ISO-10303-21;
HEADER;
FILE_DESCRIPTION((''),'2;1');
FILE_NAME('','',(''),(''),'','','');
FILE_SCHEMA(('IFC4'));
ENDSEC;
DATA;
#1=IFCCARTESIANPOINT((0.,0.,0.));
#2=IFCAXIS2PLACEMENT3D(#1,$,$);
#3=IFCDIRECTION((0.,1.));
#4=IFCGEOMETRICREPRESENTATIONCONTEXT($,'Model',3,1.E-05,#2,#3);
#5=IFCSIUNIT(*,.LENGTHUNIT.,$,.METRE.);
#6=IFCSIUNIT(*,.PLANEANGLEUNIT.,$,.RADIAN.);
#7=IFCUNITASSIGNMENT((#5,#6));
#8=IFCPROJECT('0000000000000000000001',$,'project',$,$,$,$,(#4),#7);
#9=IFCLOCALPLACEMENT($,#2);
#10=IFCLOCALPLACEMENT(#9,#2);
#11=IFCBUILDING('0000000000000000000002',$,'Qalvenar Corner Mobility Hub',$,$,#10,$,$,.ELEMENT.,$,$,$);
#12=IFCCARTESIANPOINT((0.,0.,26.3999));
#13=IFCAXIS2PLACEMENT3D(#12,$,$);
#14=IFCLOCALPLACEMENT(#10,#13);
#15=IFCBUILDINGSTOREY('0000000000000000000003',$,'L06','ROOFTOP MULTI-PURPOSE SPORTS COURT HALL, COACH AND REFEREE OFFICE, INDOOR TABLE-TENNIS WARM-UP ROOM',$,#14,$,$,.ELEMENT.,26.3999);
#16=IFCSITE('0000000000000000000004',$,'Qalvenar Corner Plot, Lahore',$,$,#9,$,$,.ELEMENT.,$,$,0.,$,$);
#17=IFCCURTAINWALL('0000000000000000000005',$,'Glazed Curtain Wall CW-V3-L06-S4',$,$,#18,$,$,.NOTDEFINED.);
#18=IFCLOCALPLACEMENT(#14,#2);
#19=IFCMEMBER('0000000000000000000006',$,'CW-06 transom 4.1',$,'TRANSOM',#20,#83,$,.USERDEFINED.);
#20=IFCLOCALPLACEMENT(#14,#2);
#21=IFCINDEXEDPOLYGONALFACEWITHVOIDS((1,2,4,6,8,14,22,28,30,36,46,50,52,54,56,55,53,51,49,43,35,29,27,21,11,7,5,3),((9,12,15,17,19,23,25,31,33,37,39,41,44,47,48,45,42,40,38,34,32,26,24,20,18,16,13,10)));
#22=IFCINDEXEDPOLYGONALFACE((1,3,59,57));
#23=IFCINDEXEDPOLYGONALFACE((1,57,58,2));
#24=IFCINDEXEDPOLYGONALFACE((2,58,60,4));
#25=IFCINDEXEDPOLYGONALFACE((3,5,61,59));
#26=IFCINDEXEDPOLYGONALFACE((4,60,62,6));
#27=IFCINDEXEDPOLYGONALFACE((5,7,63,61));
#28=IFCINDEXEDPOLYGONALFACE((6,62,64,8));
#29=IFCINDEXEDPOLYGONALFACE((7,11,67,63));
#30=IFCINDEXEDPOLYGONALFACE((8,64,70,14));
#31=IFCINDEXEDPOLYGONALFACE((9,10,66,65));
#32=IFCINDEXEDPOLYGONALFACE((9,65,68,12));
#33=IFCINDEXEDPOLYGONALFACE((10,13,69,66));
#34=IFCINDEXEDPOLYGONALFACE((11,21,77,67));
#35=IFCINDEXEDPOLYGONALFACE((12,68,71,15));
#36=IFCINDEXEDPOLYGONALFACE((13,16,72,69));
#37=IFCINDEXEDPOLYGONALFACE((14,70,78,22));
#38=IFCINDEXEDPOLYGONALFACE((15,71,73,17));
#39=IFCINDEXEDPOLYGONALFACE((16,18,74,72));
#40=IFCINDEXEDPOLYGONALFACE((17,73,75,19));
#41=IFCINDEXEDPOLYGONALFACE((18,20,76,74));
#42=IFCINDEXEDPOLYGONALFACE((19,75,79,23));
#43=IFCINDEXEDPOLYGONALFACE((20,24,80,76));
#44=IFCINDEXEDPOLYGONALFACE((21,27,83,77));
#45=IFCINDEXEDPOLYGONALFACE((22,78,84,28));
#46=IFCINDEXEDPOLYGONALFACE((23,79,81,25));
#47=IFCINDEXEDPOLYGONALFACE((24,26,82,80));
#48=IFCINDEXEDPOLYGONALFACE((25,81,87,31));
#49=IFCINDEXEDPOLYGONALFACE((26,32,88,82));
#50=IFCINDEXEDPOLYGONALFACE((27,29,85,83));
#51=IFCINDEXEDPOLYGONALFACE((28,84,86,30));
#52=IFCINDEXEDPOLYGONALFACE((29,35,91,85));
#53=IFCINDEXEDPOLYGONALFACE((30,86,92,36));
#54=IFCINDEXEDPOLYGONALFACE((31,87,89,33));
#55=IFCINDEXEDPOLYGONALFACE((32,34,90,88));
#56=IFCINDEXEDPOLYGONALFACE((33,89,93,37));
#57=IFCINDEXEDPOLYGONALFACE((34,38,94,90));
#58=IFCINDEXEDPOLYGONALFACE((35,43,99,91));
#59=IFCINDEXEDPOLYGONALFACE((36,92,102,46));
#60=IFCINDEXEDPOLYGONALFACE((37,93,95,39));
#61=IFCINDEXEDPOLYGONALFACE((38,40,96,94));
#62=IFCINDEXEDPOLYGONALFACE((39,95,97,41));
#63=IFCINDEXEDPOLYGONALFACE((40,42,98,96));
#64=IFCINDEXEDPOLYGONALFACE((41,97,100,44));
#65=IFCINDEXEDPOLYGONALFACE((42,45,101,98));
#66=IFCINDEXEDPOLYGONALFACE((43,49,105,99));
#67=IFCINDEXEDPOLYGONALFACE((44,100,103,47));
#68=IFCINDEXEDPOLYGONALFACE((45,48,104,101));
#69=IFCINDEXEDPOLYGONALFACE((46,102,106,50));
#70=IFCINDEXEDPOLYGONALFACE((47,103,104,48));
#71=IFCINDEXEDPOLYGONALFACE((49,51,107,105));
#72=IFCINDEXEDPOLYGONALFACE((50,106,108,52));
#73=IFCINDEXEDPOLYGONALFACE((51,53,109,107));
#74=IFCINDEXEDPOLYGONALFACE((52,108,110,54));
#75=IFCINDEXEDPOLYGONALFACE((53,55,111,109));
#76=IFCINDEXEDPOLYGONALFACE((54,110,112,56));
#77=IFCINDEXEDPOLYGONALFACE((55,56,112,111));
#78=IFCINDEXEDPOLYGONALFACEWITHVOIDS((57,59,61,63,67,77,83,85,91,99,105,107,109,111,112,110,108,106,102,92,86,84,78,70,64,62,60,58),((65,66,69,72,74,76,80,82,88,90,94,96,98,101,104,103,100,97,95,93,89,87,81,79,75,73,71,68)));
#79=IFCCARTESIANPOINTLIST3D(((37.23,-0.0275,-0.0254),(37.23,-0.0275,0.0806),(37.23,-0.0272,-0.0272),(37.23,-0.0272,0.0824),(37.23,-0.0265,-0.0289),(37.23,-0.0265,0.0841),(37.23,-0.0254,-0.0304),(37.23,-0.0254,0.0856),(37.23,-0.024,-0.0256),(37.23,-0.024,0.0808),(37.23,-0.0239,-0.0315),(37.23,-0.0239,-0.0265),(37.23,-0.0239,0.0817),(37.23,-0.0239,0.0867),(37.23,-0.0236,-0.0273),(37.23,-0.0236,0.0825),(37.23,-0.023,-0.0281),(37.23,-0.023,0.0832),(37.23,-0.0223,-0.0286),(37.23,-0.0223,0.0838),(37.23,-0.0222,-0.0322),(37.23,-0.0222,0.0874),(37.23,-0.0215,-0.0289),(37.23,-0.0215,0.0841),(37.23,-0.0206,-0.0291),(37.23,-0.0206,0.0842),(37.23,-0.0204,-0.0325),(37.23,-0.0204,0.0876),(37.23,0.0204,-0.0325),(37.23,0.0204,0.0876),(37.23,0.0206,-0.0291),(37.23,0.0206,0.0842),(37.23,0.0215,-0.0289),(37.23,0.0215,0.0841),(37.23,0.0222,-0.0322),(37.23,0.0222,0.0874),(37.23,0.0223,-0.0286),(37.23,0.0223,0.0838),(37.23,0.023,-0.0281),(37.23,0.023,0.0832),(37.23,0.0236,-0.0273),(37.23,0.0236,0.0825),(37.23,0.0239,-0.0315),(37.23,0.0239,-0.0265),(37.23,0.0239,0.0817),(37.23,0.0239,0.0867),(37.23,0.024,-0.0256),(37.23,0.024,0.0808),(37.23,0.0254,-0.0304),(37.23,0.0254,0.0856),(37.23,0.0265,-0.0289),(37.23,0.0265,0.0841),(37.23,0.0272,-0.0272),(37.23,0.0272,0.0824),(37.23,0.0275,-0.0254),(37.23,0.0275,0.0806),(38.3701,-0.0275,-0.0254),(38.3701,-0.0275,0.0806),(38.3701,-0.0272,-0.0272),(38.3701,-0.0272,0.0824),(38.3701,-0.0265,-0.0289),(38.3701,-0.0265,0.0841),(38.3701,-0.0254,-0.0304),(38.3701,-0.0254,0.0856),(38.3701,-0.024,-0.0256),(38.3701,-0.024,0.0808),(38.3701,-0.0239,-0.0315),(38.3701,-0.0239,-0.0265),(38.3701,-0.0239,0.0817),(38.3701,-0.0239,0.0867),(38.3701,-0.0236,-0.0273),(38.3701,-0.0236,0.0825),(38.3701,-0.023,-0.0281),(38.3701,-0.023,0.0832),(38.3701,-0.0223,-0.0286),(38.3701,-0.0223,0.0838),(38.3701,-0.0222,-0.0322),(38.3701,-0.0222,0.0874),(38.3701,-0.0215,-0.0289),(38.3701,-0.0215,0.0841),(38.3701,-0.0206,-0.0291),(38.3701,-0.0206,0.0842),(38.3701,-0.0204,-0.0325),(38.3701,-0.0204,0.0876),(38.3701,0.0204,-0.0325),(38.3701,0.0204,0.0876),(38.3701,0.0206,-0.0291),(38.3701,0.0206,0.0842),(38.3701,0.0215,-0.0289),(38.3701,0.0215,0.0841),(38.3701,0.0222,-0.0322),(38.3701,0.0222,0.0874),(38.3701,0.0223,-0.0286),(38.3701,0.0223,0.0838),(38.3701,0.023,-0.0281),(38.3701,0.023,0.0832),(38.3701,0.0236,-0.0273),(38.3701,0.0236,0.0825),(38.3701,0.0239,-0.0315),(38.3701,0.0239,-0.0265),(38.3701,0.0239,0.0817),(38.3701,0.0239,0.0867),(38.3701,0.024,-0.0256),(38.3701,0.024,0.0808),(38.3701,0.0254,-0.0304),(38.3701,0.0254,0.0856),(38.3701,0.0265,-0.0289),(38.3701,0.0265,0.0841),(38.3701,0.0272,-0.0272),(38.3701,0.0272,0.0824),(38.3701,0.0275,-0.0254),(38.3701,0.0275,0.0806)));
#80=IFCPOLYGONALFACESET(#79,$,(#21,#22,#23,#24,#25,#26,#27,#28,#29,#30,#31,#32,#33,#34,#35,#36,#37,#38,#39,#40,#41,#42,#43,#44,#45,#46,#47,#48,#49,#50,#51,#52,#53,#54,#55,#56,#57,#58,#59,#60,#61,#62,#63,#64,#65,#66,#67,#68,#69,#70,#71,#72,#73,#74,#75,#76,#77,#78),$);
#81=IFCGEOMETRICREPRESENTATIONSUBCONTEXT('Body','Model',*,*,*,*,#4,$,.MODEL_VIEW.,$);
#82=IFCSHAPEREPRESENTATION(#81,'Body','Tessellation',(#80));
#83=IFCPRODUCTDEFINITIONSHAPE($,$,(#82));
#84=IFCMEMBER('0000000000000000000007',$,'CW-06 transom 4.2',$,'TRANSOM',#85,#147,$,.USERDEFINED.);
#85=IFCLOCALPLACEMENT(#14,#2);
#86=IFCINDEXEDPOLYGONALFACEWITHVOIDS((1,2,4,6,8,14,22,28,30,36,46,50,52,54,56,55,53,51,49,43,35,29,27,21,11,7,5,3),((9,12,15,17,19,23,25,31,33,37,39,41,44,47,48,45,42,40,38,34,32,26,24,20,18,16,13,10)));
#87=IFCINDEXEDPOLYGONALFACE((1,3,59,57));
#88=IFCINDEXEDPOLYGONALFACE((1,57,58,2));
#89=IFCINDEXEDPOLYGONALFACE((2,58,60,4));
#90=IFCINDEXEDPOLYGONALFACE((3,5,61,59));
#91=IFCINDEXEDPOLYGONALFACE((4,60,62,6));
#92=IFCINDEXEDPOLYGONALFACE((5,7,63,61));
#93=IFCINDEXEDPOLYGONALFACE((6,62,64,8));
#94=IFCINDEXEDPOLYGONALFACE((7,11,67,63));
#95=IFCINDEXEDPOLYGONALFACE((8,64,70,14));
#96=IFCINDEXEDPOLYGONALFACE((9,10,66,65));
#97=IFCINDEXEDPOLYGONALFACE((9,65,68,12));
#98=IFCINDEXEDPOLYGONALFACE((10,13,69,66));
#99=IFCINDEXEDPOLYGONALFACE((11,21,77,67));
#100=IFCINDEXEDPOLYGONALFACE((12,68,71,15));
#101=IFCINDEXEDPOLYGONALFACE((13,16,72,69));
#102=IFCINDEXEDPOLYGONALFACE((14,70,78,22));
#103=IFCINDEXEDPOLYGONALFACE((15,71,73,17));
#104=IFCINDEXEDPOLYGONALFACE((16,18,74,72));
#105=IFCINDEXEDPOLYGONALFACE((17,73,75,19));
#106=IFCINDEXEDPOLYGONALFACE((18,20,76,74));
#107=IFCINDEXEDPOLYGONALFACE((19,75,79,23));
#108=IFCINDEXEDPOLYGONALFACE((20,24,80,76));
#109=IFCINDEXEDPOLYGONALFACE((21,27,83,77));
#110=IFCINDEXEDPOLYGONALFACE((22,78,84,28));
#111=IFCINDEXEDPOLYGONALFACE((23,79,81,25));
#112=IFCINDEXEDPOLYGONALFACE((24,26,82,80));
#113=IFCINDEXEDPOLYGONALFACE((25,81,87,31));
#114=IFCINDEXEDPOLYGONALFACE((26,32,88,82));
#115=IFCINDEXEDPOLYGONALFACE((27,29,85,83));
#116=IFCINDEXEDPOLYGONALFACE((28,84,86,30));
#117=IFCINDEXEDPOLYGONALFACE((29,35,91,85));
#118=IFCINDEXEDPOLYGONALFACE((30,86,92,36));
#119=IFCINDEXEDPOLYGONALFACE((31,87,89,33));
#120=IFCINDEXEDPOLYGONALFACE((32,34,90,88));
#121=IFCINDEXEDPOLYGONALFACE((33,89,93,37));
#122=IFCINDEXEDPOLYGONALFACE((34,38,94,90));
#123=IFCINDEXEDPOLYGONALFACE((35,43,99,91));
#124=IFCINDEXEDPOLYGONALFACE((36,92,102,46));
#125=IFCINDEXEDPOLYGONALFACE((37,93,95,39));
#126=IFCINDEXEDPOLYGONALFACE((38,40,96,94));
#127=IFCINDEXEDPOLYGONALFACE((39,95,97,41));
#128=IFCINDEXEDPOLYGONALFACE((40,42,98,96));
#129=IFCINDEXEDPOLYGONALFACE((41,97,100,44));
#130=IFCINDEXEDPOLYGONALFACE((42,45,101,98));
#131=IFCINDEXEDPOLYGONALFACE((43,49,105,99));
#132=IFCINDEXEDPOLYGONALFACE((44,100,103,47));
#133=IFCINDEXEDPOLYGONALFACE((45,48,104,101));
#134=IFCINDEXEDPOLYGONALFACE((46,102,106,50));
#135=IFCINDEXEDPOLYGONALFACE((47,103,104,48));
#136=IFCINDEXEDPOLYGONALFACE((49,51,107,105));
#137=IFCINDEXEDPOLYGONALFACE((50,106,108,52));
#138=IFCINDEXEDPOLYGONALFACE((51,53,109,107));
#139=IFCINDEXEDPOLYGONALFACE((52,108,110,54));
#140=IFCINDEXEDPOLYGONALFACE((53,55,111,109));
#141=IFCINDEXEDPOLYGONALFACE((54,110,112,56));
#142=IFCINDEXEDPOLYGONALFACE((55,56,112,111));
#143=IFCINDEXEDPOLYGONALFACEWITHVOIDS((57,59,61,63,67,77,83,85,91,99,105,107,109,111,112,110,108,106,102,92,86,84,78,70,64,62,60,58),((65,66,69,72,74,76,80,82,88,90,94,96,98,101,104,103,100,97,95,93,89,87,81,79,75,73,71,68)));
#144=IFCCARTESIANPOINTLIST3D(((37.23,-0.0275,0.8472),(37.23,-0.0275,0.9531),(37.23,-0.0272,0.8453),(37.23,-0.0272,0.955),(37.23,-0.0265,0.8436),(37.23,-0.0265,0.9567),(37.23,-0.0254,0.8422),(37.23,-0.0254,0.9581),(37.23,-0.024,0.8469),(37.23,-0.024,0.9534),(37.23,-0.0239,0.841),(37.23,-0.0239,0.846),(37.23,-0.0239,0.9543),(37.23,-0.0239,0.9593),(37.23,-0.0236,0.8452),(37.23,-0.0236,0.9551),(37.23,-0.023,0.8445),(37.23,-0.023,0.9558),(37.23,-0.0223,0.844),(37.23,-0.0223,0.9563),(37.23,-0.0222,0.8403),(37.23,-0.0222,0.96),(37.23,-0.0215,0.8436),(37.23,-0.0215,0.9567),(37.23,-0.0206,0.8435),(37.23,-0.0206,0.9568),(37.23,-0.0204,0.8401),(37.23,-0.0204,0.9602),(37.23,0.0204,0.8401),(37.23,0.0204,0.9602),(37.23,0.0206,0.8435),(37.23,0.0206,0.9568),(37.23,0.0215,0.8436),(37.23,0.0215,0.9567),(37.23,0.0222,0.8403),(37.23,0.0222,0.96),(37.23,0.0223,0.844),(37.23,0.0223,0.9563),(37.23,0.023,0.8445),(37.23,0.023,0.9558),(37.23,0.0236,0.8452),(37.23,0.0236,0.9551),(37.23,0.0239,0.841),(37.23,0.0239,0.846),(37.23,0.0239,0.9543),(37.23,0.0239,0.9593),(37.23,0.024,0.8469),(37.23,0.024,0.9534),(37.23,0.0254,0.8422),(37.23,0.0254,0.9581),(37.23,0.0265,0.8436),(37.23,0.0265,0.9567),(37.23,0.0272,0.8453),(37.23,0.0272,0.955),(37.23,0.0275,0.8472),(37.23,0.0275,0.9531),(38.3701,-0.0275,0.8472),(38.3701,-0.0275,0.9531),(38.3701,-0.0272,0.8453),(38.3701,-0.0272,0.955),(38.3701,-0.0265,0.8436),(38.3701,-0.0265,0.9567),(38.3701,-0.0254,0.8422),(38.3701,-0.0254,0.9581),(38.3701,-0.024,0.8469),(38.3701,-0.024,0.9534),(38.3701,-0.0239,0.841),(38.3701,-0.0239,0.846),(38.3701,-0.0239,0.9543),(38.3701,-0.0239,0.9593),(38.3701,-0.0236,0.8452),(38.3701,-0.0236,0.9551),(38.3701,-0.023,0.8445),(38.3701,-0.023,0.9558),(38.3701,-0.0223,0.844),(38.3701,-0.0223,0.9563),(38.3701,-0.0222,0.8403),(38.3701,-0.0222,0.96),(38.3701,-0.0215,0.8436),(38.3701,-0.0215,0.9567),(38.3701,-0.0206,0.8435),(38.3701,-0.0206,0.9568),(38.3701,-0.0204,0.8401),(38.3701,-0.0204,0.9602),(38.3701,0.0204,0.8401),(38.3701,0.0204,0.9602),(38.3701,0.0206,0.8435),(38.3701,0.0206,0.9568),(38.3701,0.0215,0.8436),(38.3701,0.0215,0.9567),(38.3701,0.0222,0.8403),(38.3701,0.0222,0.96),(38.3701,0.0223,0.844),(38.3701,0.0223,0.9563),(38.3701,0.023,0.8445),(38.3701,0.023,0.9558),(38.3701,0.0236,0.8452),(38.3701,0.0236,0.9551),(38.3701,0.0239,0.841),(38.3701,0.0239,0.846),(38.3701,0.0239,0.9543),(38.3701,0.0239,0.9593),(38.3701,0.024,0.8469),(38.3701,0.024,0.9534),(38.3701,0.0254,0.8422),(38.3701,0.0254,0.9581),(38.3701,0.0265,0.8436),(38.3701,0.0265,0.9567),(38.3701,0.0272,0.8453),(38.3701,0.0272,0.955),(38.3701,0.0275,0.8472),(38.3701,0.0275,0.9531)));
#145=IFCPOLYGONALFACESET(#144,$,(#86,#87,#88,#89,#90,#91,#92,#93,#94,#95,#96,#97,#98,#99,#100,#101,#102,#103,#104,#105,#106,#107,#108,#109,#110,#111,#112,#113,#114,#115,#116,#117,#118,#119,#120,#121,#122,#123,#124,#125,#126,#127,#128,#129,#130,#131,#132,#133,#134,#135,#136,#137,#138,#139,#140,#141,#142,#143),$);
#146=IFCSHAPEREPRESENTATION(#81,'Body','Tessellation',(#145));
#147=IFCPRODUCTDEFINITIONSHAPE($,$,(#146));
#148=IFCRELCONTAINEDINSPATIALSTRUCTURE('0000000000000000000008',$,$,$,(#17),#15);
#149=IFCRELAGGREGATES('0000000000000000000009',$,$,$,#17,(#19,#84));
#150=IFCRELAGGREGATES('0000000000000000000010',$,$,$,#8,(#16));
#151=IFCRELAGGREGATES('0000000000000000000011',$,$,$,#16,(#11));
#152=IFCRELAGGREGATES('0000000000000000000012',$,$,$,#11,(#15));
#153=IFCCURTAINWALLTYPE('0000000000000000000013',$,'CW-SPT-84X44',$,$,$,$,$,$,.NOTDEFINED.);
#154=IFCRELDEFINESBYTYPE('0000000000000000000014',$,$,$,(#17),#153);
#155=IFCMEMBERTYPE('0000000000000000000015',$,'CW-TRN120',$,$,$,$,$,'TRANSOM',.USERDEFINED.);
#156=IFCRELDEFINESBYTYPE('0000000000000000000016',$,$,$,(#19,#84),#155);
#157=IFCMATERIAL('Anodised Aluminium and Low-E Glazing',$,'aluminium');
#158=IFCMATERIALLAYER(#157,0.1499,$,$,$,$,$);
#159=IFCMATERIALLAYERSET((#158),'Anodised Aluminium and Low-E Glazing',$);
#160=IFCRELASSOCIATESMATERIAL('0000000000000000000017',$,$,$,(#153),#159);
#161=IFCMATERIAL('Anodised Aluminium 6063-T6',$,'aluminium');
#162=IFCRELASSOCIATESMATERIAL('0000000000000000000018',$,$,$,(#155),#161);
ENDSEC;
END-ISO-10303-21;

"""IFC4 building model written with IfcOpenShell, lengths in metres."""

from ifc_helpers import new_model, si_unit, direction, frame, origin, origin_2d, place, context, subcontext, project, spatial, hollow_rectangle, extrude, material, layer, layer_set, material_profile, profile_set, type_object, element, aggregate, save


model = new_model("IFC4")

# Units and contexts
model_context = context("Model", 3, precision=1e-05, world=origin(), true_north=direction((0.0, 1.0)))
body_context = subcontext(model_context, "Body", "Model", "MODEL_VIEW")
ifc_project = project(units=[si_unit("LENGTHUNIT", "METRE"), si_unit("PLANEANGLEUNIT", "RADIAN")], contexts=[model_context])

# Site, building, storey
site_placement = place(None, origin())
site = spatial("IfcSite", under=ifc_project, at=site_placement, Name="Qalvenar Corner Plot, Lahore", CompositionType="ELEMENT", RefElevation=0.0)
building_placement = place(site_placement, origin())
building = spatial("IfcBuilding", under=site, at=building_placement, Name="Qalvenar Corner Mobility Hub", CompositionType="ELEMENT")
storey_placement = place(building_placement, frame((0.0, 0.0, 26.3999)))
storey = spatial("IfcBuildingStorey", under=building, at=storey_placement, Name="L06", Description="ROOFTOP MULTI-PURPOSE SPORTS COURT HALL, COACH AND REFEREE OFFICE, INDOOR TABLE-TENNIS WARM-UP ROOM", CompositionType="ELEMENT", Elevation=26.3999)

# Curtain wall, members
ifc_material_1 = material(Name="Anodised Aluminium and Low-E Glazing", Category="aluminium")
ifc_layer_1 = layer(ifc_material_1, 0.1499)
ifc_layer_set_1 = layer_set([ifc_layer_1], Name="Anodised Aluminium and Low-E Glazing")
curtain_wall_type = type_object("IfcCurtainWallType", Name="CW-SPT-84X44", PredefinedType="NOTDEFINED", material=ifc_layer_set_1)
curtain_wall_placement = place(storey_placement, origin())
curtain_wall = element("IfcCurtainWall", 1, at=curtain_wall_placement, inside=storey, type_object=curtain_wall_type, Name="Glazed Curtain Wall CW-V3-L06-S4", PredefinedType="NOTDEFINED")
ifc_material_2 = material(Name="Anodised Aluminium 6063-T6", Category="aluminium")
ifc_material_profile_1 = material_profile(ifc_material_2, hollow_rectangle(XDim=0.0549, YDim=0.1201, WallThickness=0.0034, InnerFilletRadius=0.0034, OuterFilletRadius=0.0071, at=origin_2d()), Name="RHS120x55x3.5")
ifc_profile_set_1 = profile_set([ifc_material_profile_1], Name="Anodised Aluminium 6063-T6")
member_type_1 = type_object("IfcMemberType", Name="CW-TRN120", ElementType="TRANSOM", PredefinedType="USERDEFINED", material=ifc_profile_set_1)
member_1_placement = place(storey_placement, frame((37.23, 0.0, 0.0276), z_axis=(1.0, 0.0, 0.0), x_axis=(0.0, 1.0, 0.0)))
member_1 = element("IfcMember", 2, at=member_1_placement, type_object=member_type_1, Name="CW-06 transom 4.1", ObjectType="TRANSOM", PredefinedType="USERDEFINED", context=body_context, shape_type="SweptSolid", body=[
    extrude(hollow_rectangle(XDim=0.0549, YDim=0.1201, WallThickness=0.0034, InnerFilletRadius=0.0034, OuterFilletRadius=0.0071, at=origin_2d()), origin(), (0.0, 0.0, 1.0), 1.1401),
])
member_2_placement = place(storey_placement, frame((37.23, 0.0, 0.9001), z_axis=(1.0, 0.0, 0.0), x_axis=(0.0, 1.0, 0.0)))
member_2 = element("IfcMember", 3, at=member_2_placement, type_object=member_type_1, Name="CW-06 transom 4.2", ObjectType="TRANSOM", PredefinedType="USERDEFINED", context=body_context, shape_type="SweptSolid", body=[
    extrude(hollow_rectangle(XDim=0.0549, YDim=0.1201, WallThickness=0.0034, InnerFilletRadius=0.0034, OuterFilletRadius=0.0071, at=origin_2d()), origin(), (0.0, 0.0, 1.0), 1.1401),
])
aggregate(curtain_wall, [member_1, member_2])

save(model, "model.ifc")
